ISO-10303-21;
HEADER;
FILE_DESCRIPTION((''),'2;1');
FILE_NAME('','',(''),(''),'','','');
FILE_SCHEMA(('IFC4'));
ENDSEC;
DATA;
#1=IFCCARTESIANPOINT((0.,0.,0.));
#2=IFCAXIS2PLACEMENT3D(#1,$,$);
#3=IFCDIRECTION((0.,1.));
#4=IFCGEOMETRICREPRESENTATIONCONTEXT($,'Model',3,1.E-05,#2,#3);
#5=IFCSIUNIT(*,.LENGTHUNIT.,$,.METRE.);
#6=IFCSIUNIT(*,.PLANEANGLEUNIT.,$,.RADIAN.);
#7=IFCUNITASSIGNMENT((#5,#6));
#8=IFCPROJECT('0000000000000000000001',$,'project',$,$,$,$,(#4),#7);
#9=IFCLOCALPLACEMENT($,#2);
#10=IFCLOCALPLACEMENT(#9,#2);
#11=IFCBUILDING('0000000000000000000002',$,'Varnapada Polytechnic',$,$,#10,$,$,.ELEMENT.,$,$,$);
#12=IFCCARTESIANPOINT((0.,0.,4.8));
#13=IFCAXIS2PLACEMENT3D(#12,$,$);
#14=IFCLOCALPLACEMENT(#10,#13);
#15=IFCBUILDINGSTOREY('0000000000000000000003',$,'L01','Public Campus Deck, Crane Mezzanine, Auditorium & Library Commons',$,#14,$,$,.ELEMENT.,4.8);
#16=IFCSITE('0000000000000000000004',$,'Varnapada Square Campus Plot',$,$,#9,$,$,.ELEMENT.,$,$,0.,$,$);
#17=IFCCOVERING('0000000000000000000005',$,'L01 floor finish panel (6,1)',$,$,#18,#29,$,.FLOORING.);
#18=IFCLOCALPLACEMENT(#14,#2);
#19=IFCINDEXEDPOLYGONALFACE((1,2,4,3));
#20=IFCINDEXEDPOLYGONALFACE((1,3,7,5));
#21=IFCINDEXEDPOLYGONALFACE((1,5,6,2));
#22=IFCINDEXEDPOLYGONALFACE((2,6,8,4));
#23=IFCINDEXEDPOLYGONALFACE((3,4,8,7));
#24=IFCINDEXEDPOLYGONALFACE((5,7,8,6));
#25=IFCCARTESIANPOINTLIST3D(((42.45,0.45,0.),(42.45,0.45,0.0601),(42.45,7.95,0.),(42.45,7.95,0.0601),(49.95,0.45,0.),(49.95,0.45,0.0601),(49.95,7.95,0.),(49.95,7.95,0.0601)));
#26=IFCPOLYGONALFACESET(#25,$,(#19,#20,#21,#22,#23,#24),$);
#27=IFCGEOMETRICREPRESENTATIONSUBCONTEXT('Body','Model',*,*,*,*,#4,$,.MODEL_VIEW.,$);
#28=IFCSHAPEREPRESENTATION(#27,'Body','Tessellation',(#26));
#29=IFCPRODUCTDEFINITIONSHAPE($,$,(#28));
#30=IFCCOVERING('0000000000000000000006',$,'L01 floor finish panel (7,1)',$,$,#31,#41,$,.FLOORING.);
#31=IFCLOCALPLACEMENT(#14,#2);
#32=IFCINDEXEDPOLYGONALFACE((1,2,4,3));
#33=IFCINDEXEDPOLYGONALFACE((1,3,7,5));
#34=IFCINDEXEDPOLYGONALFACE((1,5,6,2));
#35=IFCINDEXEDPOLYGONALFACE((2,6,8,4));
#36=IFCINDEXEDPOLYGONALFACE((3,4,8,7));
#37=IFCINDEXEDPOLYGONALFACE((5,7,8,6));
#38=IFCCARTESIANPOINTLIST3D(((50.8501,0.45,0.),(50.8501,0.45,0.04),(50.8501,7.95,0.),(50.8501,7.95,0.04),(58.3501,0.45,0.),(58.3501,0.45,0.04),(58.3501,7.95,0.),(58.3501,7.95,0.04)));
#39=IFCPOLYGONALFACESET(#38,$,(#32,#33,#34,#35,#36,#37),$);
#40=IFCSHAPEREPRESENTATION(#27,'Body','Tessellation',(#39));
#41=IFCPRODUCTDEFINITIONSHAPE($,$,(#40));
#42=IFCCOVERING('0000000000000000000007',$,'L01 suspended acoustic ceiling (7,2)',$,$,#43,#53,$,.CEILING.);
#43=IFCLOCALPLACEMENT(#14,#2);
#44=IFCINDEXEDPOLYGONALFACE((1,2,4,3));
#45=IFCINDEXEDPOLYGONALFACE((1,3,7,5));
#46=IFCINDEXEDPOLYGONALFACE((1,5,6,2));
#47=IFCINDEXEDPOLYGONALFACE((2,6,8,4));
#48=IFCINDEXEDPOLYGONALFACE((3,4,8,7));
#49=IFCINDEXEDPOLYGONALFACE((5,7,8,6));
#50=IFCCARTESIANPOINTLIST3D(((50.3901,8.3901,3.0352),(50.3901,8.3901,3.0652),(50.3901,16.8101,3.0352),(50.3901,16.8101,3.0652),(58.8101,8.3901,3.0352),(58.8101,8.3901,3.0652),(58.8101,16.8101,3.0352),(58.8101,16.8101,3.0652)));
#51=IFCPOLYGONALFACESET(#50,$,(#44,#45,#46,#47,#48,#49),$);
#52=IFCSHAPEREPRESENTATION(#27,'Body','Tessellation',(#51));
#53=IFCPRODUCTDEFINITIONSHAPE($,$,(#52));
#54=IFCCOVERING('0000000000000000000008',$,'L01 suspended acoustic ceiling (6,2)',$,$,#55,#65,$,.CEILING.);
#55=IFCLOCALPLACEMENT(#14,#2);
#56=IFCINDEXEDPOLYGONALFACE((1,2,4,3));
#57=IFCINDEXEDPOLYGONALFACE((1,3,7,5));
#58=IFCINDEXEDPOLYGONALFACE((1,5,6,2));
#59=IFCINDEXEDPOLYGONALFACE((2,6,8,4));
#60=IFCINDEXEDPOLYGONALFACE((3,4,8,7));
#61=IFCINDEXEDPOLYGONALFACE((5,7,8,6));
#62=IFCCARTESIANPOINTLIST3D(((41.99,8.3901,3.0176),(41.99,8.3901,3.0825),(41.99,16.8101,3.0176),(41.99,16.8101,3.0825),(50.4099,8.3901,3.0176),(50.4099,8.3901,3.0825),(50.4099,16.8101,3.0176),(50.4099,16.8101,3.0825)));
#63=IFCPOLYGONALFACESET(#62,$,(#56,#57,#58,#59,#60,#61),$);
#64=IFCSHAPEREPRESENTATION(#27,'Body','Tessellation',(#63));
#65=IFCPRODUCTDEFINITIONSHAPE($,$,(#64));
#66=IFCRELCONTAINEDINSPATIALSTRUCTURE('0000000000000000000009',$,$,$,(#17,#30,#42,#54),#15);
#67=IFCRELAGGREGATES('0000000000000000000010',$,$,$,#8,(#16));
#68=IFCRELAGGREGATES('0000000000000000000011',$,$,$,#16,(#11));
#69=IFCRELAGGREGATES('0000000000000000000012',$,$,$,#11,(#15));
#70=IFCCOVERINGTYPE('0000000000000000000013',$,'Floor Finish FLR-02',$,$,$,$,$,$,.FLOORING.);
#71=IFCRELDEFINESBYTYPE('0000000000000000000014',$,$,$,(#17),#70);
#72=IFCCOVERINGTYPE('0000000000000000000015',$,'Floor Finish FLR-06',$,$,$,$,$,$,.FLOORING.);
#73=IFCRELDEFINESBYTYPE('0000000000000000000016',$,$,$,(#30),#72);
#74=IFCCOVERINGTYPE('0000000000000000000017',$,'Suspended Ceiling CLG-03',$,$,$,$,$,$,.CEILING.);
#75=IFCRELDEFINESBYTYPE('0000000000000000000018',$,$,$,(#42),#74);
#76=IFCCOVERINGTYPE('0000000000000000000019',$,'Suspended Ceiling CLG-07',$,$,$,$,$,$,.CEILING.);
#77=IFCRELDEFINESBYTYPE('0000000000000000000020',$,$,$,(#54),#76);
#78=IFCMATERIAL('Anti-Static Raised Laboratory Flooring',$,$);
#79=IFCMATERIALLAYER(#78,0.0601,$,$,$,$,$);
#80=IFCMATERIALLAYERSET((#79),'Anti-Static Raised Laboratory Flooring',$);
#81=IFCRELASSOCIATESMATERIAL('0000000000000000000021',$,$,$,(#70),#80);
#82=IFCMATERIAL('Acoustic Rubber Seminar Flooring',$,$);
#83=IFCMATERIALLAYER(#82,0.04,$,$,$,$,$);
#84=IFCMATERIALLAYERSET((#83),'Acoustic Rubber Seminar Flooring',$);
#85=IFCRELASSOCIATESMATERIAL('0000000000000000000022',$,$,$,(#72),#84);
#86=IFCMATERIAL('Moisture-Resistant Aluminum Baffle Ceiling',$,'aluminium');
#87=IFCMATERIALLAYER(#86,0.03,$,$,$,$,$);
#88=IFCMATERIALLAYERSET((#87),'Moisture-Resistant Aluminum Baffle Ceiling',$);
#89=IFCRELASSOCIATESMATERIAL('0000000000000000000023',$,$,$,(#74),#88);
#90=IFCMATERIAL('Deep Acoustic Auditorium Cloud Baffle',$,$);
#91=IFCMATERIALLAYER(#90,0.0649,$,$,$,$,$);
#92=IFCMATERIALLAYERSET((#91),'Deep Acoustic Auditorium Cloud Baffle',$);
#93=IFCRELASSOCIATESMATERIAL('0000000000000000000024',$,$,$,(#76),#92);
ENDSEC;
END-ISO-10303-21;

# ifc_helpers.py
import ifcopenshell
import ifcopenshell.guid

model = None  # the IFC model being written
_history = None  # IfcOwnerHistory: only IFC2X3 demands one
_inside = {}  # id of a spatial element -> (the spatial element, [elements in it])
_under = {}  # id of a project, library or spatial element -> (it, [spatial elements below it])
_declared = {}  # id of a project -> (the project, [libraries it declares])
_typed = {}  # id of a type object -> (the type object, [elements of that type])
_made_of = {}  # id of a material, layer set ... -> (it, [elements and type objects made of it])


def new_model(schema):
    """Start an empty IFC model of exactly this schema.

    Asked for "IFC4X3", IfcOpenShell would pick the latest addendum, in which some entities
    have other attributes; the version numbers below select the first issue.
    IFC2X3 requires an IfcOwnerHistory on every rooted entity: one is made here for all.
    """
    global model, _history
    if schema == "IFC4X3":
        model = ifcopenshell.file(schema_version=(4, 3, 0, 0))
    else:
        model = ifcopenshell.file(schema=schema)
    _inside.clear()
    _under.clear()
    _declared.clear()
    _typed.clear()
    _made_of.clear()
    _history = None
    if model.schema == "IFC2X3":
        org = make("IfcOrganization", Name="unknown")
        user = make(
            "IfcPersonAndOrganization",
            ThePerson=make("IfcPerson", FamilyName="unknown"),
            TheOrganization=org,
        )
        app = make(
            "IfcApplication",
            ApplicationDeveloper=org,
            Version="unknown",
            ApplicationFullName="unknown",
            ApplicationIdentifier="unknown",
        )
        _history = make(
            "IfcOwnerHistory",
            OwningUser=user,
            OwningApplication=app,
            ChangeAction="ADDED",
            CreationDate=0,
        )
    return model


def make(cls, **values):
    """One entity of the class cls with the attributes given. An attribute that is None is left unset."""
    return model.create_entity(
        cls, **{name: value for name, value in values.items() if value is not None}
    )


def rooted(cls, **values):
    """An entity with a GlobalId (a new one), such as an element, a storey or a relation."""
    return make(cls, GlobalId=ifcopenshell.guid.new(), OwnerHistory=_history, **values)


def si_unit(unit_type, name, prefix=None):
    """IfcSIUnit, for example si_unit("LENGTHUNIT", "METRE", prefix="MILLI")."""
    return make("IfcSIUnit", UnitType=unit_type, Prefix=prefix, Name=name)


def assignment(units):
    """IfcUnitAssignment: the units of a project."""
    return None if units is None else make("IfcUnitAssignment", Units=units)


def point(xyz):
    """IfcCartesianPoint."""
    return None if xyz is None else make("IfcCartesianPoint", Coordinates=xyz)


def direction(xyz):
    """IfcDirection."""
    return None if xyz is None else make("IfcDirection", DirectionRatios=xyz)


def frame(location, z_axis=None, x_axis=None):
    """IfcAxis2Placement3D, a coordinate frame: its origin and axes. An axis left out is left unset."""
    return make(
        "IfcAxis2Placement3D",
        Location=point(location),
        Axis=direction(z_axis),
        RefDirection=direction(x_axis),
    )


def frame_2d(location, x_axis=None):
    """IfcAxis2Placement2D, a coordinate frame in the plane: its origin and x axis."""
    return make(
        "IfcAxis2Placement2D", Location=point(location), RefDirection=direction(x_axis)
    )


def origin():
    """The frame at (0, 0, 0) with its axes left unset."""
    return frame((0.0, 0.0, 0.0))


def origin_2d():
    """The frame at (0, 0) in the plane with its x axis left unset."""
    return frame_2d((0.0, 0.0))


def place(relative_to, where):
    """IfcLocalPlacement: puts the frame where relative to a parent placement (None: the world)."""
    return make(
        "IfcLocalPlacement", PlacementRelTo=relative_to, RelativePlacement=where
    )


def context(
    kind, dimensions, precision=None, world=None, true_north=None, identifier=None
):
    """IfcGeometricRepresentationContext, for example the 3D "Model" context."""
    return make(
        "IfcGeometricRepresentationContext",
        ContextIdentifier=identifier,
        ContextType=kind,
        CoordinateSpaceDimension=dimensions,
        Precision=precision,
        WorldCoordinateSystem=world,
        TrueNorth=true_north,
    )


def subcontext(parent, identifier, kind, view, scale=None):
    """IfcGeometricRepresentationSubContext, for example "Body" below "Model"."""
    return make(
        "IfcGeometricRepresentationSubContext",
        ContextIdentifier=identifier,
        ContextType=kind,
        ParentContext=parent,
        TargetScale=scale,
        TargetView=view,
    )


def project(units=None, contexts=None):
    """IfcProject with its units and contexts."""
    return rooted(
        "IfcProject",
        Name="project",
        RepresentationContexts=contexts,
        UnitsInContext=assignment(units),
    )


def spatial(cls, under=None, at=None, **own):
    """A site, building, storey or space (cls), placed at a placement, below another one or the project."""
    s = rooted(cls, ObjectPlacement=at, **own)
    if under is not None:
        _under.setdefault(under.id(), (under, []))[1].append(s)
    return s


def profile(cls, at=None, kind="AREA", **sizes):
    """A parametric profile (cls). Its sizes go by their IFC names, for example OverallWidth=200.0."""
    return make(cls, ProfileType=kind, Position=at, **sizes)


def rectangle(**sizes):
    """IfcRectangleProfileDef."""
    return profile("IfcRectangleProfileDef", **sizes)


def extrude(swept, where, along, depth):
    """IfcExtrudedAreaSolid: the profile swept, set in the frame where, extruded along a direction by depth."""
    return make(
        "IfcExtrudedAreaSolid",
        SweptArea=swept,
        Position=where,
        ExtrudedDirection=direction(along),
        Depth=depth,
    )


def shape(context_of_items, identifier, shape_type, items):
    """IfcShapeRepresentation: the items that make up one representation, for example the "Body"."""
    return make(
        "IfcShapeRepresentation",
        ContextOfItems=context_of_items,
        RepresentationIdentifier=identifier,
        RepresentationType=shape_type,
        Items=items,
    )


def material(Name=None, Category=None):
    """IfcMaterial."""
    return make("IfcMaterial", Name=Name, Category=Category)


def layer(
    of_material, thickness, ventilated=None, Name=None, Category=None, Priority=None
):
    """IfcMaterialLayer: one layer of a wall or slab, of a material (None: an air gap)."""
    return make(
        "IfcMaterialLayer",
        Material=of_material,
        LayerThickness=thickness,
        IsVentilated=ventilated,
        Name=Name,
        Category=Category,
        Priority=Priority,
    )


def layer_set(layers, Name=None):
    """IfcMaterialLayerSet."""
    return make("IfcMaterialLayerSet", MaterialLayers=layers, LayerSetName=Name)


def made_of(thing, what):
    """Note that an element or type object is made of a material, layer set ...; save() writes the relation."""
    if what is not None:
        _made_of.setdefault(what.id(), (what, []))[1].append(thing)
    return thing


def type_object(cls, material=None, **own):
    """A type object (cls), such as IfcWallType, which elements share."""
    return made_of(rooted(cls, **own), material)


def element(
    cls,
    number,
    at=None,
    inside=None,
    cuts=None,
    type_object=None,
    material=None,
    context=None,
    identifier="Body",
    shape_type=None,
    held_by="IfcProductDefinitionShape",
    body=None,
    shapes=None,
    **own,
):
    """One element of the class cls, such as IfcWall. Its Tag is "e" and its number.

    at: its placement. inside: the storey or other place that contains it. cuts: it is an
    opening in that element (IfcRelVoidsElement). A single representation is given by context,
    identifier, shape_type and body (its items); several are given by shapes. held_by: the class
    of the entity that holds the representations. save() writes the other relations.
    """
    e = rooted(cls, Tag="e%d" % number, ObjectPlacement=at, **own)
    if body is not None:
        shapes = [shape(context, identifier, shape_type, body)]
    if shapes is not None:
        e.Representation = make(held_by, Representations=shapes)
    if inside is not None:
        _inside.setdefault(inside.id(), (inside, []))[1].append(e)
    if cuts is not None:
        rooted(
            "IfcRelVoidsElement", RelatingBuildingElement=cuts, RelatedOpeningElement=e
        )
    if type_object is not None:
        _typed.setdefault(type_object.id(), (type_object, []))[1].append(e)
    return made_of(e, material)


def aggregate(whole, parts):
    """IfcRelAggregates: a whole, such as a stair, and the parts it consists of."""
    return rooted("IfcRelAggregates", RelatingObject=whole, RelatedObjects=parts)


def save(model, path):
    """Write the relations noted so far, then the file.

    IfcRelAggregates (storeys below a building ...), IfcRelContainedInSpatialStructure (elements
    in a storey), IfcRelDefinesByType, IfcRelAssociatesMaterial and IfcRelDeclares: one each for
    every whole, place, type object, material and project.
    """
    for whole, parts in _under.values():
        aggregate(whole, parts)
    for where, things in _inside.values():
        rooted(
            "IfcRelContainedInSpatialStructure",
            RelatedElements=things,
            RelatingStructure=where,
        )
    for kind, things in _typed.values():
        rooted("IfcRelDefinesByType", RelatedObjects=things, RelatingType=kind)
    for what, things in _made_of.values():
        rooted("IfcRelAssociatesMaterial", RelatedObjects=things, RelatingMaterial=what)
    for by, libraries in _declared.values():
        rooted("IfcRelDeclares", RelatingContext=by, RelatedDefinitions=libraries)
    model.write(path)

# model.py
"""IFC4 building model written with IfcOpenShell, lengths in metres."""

from ifc_helpers import new_model, si_unit, direction, frame, origin, origin_2d, place, context, subcontext, project, spatial, rectangle, extrude, material, layer, layer_set, type_object, element, save


model = new_model("IFC4")

# Units and contexts
model_context = context("Model", 3, precision=1e-05, world=origin(), true_north=direction((0.0, 1.0)))
body_context = subcontext(model_context, "Body", "Model", "MODEL_VIEW")
ifc_project = project(units=[si_unit("LENGTHUNIT", "METRE"), si_unit("PLANEANGLEUNIT", "RADIAN")], contexts=[model_context])

# Site, building, storey
site_placement = place(None, origin())
site = spatial("IfcSite", under=ifc_project, at=site_placement, Name="Varnapada Square Campus Plot", CompositionType="ELEMENT", RefElevation=0.0)
building_placement = place(site_placement, origin())
building = spatial("IfcBuilding", under=site, at=building_placement, Name="Varnapada Polytechnic", CompositionType="ELEMENT")
storey_placement = place(building_placement, frame((0.0, 0.0, 4.8)))
storey = spatial("IfcBuildingStorey", under=building, at=storey_placement, Name="L01", Description="Public Campus Deck, Crane Mezzanine, Auditorium & Library Commons", CompositionType="ELEMENT", Elevation=4.8)

# Coverings
ifc_material_1 = material(Name="Anti-Static Raised Laboratory Flooring")
ifc_layer_1 = layer(ifc_material_1, 0.0601)
ifc_layer_set_1 = layer_set([ifc_layer_1], Name="Anti-Static Raised Laboratory Flooring")
covering_type_1 = type_object("IfcCoveringType", Name="Floor Finish FLR-02", PredefinedType="FLOORING", material=ifc_layer_set_1)
covering_1_placement = place(storey_placement, frame((46.2, 4.2, 0.0), z_axis=(0.0, 0.0, 1.0), x_axis=(1.0, 0.0, 0.0)))
element("IfcCovering", 1, at=covering_1_placement, inside=storey, type_object=covering_type_1, Name="L01 floor finish panel (6,1)", PredefinedType="FLOORING", context=body_context, shape_type="SweptSolid", body=[
    extrude(rectangle(XDim=7.5, YDim=7.5, at=origin_2d()), origin(), (0.0, 0.0, 1.0), 0.0601),
])
ifc_material_2 = material(Name="Acoustic Rubber Seminar Flooring")
ifc_layer_2 = layer(ifc_material_2, 0.04)
ifc_layer_set_2 = layer_set([ifc_layer_2], Name="Acoustic Rubber Seminar Flooring")
covering_type_2 = type_object("IfcCoveringType", Name="Floor Finish FLR-06", PredefinedType="FLOORING", material=ifc_layer_set_2)
covering_2_placement = place(storey_placement, frame((54.6001, 4.2, 0.0), z_axis=(0.0, 0.0, 1.0), x_axis=(1.0, 0.0, 0.0)))
element("IfcCovering", 2, at=covering_2_placement, inside=storey, type_object=covering_type_2, Name="L01 floor finish panel (7,1)", PredefinedType="FLOORING", context=body_context, shape_type="SweptSolid", body=[
    extrude(rectangle(XDim=7.5, YDim=7.5, at=origin_2d()), origin(), (0.0, 0.0, 1.0), 0.04),
])
ifc_material_3 = material(Name="Moisture-Resistant Aluminum Baffle Ceiling", Category="aluminium")
ifc_layer_3 = layer(ifc_material_3, 0.03)
ifc_layer_set_3 = layer_set([ifc_layer_3], Name="Moisture-Resistant Aluminum Baffle Ceiling")
covering_type_3 = type_object("IfcCoveringType", Name="Suspended Ceiling CLG-03", PredefinedType="CEILING", material=ifc_layer_set_3)
covering_3_placement = place(storey_placement, frame((54.6001, 12.6001, 3.0352), z_axis=(0.0, 0.0, 1.0), x_axis=(1.0, 0.0, 0.0)))
element("IfcCovering", 3, at=covering_3_placement, inside=storey, type_object=covering_type_3, Name="L01 suspended acoustic ceiling (7,2)", PredefinedType="CEILING", context=body_context, shape_type="SweptSolid", body=[
    extrude(rectangle(XDim=8.4199, YDim=8.4199, at=origin_2d()), origin(), (0.0, 0.0, 1.0), 0.03),
])
ifc_material_4 = material(Name="Deep Acoustic Auditorium Cloud Baffle")
ifc_layer_4 = layer(ifc_material_4, 0.0649)
ifc_layer_set_4 = layer_set([ifc_layer_4], Name="Deep Acoustic Auditorium Cloud Baffle")
covering_type_4 = type_object("IfcCoveringType", Name="Suspended Ceiling CLG-07", PredefinedType="CEILING", material=ifc_layer_set_4)
covering_4_placement = place(storey_placement, frame((46.2, 12.6001, 3.0176), z_axis=(0.0, 0.0, 1.0), x_axis=(1.0, 0.0, 0.0)))
element("IfcCovering", 4, at=covering_4_placement, inside=storey, type_object=covering_type_4, Name="L01 suspended acoustic ceiling (6,2)", PredefinedType="CEILING", context=body_context, shape_type="SweptSolid", body=[
    extrude(rectangle(XDim=8.4199, YDim=8.4199, at=origin_2d()), origin(), (0.0, 0.0, 1.0), 0.0649),
])

save(model, "model.ifc")
